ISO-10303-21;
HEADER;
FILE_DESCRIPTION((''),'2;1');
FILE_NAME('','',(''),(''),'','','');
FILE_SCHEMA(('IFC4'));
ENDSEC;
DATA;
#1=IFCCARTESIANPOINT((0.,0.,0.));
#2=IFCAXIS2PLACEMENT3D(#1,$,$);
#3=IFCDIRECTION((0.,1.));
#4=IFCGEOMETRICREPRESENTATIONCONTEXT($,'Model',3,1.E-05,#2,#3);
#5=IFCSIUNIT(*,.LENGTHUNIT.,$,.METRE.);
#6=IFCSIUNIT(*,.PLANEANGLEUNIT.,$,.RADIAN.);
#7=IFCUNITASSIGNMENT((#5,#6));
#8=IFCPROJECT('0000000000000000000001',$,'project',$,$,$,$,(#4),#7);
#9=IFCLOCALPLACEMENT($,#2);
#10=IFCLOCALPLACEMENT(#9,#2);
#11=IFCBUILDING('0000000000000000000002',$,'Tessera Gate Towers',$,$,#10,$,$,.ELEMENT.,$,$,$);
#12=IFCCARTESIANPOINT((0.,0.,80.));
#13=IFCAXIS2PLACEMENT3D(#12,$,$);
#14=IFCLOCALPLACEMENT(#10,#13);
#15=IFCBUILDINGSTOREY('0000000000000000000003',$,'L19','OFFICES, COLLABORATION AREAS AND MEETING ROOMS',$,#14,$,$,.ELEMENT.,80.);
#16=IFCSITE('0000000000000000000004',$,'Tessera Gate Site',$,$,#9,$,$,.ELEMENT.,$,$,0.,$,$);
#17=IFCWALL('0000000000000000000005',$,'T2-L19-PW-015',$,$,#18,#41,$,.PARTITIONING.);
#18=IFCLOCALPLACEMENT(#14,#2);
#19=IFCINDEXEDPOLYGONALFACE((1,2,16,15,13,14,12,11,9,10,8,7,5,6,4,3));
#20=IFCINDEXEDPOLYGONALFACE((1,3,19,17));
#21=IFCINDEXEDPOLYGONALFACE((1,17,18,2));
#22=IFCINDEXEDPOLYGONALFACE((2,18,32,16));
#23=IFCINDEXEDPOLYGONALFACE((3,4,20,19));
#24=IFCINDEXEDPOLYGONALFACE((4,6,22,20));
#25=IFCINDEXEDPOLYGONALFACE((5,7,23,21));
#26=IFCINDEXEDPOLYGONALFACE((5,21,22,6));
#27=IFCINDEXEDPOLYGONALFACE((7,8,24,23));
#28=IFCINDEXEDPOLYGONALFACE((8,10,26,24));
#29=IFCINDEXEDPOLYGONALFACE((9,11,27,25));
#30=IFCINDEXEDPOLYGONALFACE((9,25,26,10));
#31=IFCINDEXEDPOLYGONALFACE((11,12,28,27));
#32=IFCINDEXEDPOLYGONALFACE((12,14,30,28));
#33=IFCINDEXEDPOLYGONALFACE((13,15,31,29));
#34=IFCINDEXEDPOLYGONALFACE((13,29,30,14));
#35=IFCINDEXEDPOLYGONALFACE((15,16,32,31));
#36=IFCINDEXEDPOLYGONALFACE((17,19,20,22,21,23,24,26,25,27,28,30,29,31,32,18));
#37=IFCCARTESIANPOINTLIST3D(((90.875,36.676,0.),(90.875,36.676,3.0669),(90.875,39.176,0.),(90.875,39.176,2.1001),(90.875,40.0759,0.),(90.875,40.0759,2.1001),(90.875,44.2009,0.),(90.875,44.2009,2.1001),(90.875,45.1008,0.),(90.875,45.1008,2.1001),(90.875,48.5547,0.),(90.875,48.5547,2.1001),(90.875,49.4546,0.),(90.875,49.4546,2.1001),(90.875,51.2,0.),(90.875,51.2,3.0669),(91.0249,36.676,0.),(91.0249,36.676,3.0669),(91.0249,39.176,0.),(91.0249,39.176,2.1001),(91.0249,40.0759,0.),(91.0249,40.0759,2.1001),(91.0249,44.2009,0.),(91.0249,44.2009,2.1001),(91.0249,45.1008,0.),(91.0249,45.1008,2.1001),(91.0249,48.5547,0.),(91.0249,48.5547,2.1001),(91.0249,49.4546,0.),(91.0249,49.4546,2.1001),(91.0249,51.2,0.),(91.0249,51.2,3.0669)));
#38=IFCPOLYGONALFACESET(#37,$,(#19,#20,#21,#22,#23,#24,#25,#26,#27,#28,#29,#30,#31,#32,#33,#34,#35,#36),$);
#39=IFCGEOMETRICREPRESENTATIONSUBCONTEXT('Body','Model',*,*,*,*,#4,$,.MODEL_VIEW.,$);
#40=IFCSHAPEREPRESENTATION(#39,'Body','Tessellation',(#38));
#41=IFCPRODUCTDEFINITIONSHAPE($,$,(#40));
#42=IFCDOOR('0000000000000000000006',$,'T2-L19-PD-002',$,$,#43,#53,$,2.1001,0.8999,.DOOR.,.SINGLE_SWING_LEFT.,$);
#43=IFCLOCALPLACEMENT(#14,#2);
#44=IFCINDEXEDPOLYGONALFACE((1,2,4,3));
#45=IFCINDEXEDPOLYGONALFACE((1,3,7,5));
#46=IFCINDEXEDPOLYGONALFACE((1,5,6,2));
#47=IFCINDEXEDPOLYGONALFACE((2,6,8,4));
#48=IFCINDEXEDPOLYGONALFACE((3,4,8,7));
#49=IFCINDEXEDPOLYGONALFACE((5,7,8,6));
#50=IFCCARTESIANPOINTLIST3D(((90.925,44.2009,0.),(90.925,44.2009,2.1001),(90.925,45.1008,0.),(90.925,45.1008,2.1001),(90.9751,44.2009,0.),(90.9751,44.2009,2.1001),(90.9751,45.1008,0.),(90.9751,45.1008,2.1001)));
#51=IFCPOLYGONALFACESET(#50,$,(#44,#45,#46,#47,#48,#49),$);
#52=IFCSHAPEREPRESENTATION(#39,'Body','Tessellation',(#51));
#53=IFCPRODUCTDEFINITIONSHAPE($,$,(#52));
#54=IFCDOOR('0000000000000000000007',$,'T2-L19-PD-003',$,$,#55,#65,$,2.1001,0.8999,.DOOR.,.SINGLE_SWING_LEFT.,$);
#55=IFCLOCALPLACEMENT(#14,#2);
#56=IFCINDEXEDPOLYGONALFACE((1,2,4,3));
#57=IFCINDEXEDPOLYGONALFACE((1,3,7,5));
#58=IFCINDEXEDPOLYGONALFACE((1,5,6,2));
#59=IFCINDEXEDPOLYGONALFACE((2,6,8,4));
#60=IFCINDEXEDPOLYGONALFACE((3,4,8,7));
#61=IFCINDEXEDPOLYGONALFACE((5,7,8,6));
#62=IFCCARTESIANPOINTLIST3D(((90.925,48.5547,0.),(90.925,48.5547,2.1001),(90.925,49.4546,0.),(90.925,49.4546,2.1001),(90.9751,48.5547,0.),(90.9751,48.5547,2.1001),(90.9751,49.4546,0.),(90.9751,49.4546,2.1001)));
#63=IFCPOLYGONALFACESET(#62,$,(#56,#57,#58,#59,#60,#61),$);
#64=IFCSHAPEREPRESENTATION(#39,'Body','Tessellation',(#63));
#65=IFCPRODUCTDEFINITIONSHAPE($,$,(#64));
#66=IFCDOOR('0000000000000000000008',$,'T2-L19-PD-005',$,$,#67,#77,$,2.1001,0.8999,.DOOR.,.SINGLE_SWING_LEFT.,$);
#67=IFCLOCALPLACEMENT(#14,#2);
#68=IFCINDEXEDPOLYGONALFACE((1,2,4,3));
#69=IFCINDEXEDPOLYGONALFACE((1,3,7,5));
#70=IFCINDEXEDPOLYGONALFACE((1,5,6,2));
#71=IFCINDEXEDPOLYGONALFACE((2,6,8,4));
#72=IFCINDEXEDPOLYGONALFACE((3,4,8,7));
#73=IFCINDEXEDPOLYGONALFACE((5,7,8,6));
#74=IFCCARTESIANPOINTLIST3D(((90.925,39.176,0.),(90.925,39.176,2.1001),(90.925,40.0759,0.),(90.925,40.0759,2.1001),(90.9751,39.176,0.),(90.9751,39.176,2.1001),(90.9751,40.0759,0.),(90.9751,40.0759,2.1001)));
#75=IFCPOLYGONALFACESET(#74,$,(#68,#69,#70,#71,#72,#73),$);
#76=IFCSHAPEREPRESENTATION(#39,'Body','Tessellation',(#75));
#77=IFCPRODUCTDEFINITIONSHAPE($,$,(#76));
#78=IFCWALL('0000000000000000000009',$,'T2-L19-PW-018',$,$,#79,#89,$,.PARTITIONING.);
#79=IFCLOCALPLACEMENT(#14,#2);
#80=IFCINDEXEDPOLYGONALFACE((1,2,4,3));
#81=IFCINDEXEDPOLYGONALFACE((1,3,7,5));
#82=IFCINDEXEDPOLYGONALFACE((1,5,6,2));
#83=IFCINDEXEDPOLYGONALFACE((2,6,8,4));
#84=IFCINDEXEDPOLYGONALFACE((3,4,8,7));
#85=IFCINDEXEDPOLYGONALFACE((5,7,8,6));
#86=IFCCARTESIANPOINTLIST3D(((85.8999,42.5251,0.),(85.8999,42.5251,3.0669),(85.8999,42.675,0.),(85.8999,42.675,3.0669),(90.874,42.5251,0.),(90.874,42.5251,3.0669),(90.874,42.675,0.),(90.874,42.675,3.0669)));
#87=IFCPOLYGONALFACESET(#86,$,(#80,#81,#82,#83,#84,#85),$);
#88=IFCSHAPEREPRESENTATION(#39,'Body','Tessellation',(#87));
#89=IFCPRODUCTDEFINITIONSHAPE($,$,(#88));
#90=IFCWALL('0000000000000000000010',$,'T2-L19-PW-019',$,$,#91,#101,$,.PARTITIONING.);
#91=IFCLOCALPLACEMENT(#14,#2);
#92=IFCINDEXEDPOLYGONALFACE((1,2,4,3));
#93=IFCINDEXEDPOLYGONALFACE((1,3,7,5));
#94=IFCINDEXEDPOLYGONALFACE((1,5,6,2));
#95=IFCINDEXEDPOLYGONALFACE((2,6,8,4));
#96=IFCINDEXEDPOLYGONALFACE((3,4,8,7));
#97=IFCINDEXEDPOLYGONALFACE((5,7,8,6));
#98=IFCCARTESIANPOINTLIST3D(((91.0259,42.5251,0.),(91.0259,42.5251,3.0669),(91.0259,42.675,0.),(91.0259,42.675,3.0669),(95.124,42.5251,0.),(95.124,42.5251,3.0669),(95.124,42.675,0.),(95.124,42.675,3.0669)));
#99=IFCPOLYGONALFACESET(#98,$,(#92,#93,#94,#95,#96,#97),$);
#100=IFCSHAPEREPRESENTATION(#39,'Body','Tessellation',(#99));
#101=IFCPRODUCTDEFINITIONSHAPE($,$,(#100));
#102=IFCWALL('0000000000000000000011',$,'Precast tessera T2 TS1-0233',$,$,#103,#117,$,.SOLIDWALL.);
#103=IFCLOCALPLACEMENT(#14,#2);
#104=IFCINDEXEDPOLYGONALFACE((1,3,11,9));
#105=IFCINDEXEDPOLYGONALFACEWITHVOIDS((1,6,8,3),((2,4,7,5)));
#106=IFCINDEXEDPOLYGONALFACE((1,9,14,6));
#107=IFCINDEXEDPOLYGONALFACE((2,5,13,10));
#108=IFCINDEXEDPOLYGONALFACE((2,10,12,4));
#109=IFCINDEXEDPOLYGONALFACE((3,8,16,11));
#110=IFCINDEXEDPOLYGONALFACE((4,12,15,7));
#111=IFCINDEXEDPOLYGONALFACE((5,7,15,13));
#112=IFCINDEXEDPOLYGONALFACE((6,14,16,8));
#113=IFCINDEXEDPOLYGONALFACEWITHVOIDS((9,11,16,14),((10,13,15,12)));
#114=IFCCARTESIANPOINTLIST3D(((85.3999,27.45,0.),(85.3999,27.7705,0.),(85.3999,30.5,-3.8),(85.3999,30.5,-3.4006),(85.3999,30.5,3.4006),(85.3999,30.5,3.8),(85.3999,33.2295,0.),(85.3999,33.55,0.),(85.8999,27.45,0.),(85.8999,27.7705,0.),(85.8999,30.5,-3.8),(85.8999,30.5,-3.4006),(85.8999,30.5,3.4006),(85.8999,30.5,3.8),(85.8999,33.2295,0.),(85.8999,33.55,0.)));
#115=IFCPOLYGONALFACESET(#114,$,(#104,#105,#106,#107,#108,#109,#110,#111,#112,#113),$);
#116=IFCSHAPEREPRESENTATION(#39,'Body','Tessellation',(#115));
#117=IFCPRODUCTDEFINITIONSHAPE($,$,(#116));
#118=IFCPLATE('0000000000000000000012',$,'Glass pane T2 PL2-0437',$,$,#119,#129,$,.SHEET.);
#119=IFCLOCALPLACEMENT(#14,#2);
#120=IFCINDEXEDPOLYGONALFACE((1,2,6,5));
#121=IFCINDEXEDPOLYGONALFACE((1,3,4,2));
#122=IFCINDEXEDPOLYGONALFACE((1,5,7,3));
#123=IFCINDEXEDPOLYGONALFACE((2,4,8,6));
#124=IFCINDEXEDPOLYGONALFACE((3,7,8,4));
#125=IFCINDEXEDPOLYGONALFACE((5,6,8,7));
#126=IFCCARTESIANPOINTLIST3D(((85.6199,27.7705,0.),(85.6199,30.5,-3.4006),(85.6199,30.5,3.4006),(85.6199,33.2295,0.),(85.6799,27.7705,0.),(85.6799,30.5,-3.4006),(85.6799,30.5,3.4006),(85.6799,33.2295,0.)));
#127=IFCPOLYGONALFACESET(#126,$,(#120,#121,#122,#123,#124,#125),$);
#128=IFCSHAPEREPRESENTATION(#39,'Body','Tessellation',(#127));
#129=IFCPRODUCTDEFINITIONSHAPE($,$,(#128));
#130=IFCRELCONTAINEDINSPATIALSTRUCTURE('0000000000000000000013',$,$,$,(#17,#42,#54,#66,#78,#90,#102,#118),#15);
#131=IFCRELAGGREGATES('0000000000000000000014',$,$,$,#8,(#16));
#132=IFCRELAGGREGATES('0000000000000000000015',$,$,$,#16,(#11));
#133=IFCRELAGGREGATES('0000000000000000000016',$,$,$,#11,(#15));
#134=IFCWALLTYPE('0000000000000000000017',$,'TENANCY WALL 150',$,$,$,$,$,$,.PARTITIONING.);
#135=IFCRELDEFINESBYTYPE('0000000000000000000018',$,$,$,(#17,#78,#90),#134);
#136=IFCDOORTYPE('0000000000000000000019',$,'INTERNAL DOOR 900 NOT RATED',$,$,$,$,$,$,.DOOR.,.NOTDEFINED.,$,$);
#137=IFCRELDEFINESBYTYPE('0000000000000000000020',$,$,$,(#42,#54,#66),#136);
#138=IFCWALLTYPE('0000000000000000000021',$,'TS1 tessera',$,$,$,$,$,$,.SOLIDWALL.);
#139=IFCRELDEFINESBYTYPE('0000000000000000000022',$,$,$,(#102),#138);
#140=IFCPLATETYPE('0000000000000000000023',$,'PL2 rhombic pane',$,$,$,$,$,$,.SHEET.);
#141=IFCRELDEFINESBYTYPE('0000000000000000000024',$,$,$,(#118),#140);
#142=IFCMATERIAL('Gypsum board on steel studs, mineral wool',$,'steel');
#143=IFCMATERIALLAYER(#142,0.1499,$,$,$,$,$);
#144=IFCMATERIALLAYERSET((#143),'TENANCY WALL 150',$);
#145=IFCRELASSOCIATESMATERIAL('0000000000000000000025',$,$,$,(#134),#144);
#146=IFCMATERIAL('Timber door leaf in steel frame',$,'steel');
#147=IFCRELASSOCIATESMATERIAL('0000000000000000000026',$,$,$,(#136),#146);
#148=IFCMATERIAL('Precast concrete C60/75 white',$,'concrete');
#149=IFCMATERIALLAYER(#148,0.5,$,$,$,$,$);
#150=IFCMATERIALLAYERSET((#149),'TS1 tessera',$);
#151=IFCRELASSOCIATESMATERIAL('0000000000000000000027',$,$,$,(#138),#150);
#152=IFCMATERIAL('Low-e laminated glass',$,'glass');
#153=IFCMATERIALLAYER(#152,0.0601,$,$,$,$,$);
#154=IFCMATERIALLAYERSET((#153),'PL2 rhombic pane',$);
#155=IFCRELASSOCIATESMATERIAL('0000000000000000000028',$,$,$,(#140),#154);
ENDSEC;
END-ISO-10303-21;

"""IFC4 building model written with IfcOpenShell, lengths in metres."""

from ifc_helpers import new_model, si_unit, direction, frame, frame_2d, origin, place, context, subcontext, project, spatial, polyline, rectangle, outline, extrude, source, transform, mapped, material, layer, layer_set, type_object, element, fill, save


model = new_model("IFC4")

# Units and contexts
model_context = context("Model", 3, precision=1e-05, world=origin(), true_north=direction((0.0, 1.0)))
body_context = subcontext(model_context, "Body", "Model", "MODEL_VIEW")
ifc_project = project(units=[si_unit("LENGTHUNIT", "METRE"), si_unit("PLANEANGLEUNIT", "RADIAN")], contexts=[model_context])

# Site, building, storey
site_placement = place(None, origin())
site = spatial("IfcSite", under=ifc_project, at=site_placement, Name="Tessera Gate Site", CompositionType="ELEMENT", RefElevation=0.0)
building_placement = place(site_placement, origin())
building = spatial("IfcBuilding", under=site, at=building_placement, Name="Tessera Gate Towers", CompositionType="ELEMENT")
storey_placement = place(building_placement, frame((0.0, 0.0, 80.0)))
storey = spatial("IfcBuildingStorey", under=building, at=storey_placement, Name="L19", Description="OFFICES, COLLABORATION AREAS AND MEETING ROOMS", CompositionType="ELEMENT", Elevation=80.0)

# Wall, openings, doors
ifc_material_1 = material(Name="Gypsum board on steel studs, mineral wool", Category="steel")
ifc_layer_1 = layer(ifc_material_1, 0.1499)
ifc_layer_set_1 = layer_set([ifc_layer_1], Name="TENANCY WALL 150")
wall_type_1 = type_object("IfcWallType", Name="TENANCY WALL 150", PredefinedType="PARTITIONING", material=ifc_layer_set_1)
wall_1_placement = place(storey_placement, frame((90.95, 36.676, 0.0), z_axis=(0.0, 0.0, 1.0), x_axis=(0.0, 1.0, 0.0)))
wall_1 = element("IfcWall", 1, at=wall_1_placement, inside=storey, type_object=wall_type_1, Name="T2-L19-PW-015", PredefinedType="PARTITIONING", context=body_context, shape_type="SweptSolid", body=[
    extrude(rectangle(XDim=14.5239, YDim=0.1499, at=frame_2d((7.262, 0.0))), origin(), (0.0, 0.0, 1.0), 3.0669),
])
shared_shape_1 = source(origin(), body_context, "Body", "SweptSolid", [
    extrude(rectangle(XDim=0.8999, YDim=2.1001, at=frame_2d((0.45, 1.05))), frame((0.0, 0.085, 0.0), z_axis=(0.0, -1.0, 0.0), x_axis=(1.0, 0.0, 0.0)), (0.0, 0.0, 1.0), 0.1699),
])
opening_1_placement = place(wall_1_placement, frame((7.5249, 0.0, 0.0)))
opening_1 = element("IfcOpeningElement", 2, at=opening_1_placement, cuts=wall_1, PredefinedType="OPENING", context=body_context, shape_type="MappedRepresentation", body=[
    mapped(shared_shape_1, transform((0.0, 0.0, 0.0), scale=1.0)),
])
opening_2_placement = place(wall_1_placement, frame((11.8787, 0.0, 0.0)))
opening_2 = element("IfcOpeningElement", 3, at=opening_2_placement, cuts=wall_1, PredefinedType="OPENING", context=body_context, shape_type="MappedRepresentation", body=[
    mapped(shared_shape_1, transform((0.0, 0.0, 0.0), scale=1.0)),
])
opening_3_placement = place(wall_1_placement, frame((2.5, 0.0, 0.0)))
opening_3 = element("IfcOpeningElement", 4, at=opening_3_placement, cuts=wall_1, PredefinedType="OPENING", context=body_context, shape_type="MappedRepresentation", body=[
    mapped(shared_shape_1, transform((0.0, 0.0, 0.0), scale=1.0)),
])
ifc_material_2 = material(Name="Timber door leaf in steel frame", Category="steel")
door_type_1 = type_object("IfcDoorType", Name="INTERNAL DOOR 900 NOT RATED", OperationType="NOTDEFINED", PredefinedType="DOOR", material=ifc_material_2)
shared_shape_2 = source(origin(), body_context, "Body", "SweptSolid", [
    extrude(rectangle(XDim=0.8999, YDim=2.1001, at=frame_2d((0.45, 1.05))), frame((0.0, 0.0249, 0.0), z_axis=(0.0, -1.0, 0.0), x_axis=(1.0, 0.0, 0.0)), (0.0, 0.0, 1.0), 0.05),
])
door_1_placement = place(opening_1_placement, origin())
door_1 = element("IfcDoor", 5, at=door_1_placement, inside=storey, type_object=door_type_1, Name="T2-L19-PD-002", OperationType="SINGLE_SWING_LEFT", OverallHeight=2.1001, OverallWidth=0.8999, PredefinedType="DOOR", context=body_context, shape_type="MappedRepresentation", body=[
    mapped(shared_shape_2, transform((0.0, 0.0, 0.0), scale=1.0)),
])
fill(opening_1, door_1)
door_2_placement = place(opening_2_placement, origin())
door_2 = element("IfcDoor", 6, at=door_2_placement, inside=storey, type_object=door_type_1, Name="T2-L19-PD-003", OperationType="SINGLE_SWING_LEFT", OverallHeight=2.1001, OverallWidth=0.8999, PredefinedType="DOOR", context=body_context, shape_type="MappedRepresentation", body=[
    mapped(shared_shape_2, transform((0.0, 0.0, 0.0), scale=1.0)),
])
fill(opening_2, door_2)
door_3_placement = place(opening_3_placement, origin())
door_3 = element("IfcDoor", 7, at=door_3_placement, inside=storey, type_object=door_type_1, Name="T2-L19-PD-005", OperationType="SINGLE_SWING_LEFT", OverallHeight=2.1001, OverallWidth=0.8999, PredefinedType="DOOR", context=body_context, shape_type="MappedRepresentation", body=[
    mapped(shared_shape_2, transform((0.0, 0.0, 0.0), scale=1.0)),
])
fill(opening_3, door_3)

# Walls
wall_2_placement = place(storey_placement, frame((85.8999, 42.6001, 0.0), z_axis=(0.0, 0.0, 1.0), x_axis=(1.0, 0.0, 0.0)))
element("IfcWall", 8, at=wall_2_placement, inside=storey, type_object=wall_type_1, Name="T2-L19-PW-018", PredefinedType="PARTITIONING", context=body_context, shape_type="SweptSolid", body=[
    extrude(rectangle(XDim=4.9741, YDim=0.1499, at=frame_2d((2.4871, 0.0))), origin(), (0.0, 0.0, 1.0), 3.0669),
])
wall_3_placement = place(storey_placement, frame((91.0259, 42.6001, 0.0), z_axis=(0.0, 0.0, 1.0), x_axis=(1.0, 0.0, 0.0)))
element("IfcWall", 9, at=wall_3_placement, inside=storey, type_object=wall_type_1, Name="T2-L19-PW-019", PredefinedType="PARTITIONING", context=body_context, shape_type="SweptSolid", body=[
    extrude(rectangle(XDim=4.0981, YDim=0.1499, at=frame_2d((2.0491, 0.0))), origin(), (0.0, 0.0, 1.0), 3.0669),
])

# Wall, opening, plate
ifc_material_3 = material(Name="Precast concrete C60/75 white", Category="concrete")
ifc_layer_2 = layer(ifc_material_3, 0.5)
ifc_layer_set_2 = layer_set([ifc_layer_2], Name="TS1 tessera")
wall_type_2 = type_object("IfcWallType", Name="TS1 tessera", PredefinedType="SOLIDWALL", material=ifc_layer_set_2)
shared_shape_3 = source(origin(), body_context, "Body", "SweptSolid", [
    extrude(outline(polyline([(3.05, 0.0), (6.1001, 3.8), (3.05, 7.6001), (0.0, 3.8), (3.05, 0.0)])), frame((0.0, 0.25, 0.0), z_axis=(0.0, -1.0, 0.0), x_axis=(1.0, 0.0, 0.0)), (0.0, 0.0, 1.0), 0.5),
])
wall_4_placement = place(storey_placement, frame((85.6499, 33.55, -3.8), z_axis=(0.0, 0.0, 1.0), x_axis=(0.0, -1.0, 0.0)))
wall_4 = element("IfcWall", 10, at=wall_4_placement, inside=storey, type_object=wall_type_2, Name="Precast tessera T2 TS1-0233", PredefinedType="SOLIDWALL", context=body_context, shape_type="MappedRepresentation", body=[
    mapped(shared_shape_3, transform((0.0, 0.0, 0.0), scale=1.0)),
])
shared_shape_4 = source(origin(), body_context, "Body", "SweptSolid", [
    extrude(outline(polyline([(3.05, 0.3994), (5.7795, 3.8), (3.05, 7.2007), (0.3206, 3.8), (3.05, 0.3994)])), frame((0.0, 0.26, 0.0), z_axis=(0.0, -1.0, 0.0), x_axis=(1.0, 0.0, 0.0)), (0.0, 0.0, 1.0), 0.52),
])
opening_4_placement = place(wall_4_placement, origin())
opening_4 = element("IfcOpeningElement", 11, at=opening_4_placement, cuts=wall_4, PredefinedType="OPENING", context=body_context, shape_type="MappedRepresentation", body=[
    mapped(shared_shape_4, transform((0.0, 0.0, 0.0), scale=1.0)),
])
ifc_material_4 = material(Name="Low-e laminated glass", Category="glass")
ifc_layer_3 = layer(ifc_material_4, 0.0601)
ifc_layer_set_3 = layer_set([ifc_layer_3], Name="PL2 rhombic pane")
plate_type = type_object("IfcPlateType", Name="PL2 rhombic pane", PredefinedType="SHEET", material=ifc_layer_set_3)
shared_shape_5 = source(origin(), body_context, "Body", "SweptSolid", [
    extrude(outline(polyline([(3.05, 0.3994), (5.7795, 3.8), (3.05, 7.2007), (0.3206, 3.8), (3.05, 0.3994)])), frame((0.0, 0.03, 0.0), z_axis=(0.0, -1.0, 0.0), x_axis=(1.0, 0.0, 0.0)), (0.0, 0.0, 1.0), 0.0601),
])
plate_placement = place(opening_4_placement, origin())
plate = element("IfcPlate", 12, at=plate_placement, inside=storey, type_object=plate_type, Name="Glass pane T2 PL2-0437", PredefinedType="SHEET", context=body_context, shape_type="MappedRepresentation", body=[
    mapped(shared_shape_5, transform((0.0, 0.0, 0.0), scale=1.0)),
])
fill(opening_4, plate)

save(model, "model.ifc")
